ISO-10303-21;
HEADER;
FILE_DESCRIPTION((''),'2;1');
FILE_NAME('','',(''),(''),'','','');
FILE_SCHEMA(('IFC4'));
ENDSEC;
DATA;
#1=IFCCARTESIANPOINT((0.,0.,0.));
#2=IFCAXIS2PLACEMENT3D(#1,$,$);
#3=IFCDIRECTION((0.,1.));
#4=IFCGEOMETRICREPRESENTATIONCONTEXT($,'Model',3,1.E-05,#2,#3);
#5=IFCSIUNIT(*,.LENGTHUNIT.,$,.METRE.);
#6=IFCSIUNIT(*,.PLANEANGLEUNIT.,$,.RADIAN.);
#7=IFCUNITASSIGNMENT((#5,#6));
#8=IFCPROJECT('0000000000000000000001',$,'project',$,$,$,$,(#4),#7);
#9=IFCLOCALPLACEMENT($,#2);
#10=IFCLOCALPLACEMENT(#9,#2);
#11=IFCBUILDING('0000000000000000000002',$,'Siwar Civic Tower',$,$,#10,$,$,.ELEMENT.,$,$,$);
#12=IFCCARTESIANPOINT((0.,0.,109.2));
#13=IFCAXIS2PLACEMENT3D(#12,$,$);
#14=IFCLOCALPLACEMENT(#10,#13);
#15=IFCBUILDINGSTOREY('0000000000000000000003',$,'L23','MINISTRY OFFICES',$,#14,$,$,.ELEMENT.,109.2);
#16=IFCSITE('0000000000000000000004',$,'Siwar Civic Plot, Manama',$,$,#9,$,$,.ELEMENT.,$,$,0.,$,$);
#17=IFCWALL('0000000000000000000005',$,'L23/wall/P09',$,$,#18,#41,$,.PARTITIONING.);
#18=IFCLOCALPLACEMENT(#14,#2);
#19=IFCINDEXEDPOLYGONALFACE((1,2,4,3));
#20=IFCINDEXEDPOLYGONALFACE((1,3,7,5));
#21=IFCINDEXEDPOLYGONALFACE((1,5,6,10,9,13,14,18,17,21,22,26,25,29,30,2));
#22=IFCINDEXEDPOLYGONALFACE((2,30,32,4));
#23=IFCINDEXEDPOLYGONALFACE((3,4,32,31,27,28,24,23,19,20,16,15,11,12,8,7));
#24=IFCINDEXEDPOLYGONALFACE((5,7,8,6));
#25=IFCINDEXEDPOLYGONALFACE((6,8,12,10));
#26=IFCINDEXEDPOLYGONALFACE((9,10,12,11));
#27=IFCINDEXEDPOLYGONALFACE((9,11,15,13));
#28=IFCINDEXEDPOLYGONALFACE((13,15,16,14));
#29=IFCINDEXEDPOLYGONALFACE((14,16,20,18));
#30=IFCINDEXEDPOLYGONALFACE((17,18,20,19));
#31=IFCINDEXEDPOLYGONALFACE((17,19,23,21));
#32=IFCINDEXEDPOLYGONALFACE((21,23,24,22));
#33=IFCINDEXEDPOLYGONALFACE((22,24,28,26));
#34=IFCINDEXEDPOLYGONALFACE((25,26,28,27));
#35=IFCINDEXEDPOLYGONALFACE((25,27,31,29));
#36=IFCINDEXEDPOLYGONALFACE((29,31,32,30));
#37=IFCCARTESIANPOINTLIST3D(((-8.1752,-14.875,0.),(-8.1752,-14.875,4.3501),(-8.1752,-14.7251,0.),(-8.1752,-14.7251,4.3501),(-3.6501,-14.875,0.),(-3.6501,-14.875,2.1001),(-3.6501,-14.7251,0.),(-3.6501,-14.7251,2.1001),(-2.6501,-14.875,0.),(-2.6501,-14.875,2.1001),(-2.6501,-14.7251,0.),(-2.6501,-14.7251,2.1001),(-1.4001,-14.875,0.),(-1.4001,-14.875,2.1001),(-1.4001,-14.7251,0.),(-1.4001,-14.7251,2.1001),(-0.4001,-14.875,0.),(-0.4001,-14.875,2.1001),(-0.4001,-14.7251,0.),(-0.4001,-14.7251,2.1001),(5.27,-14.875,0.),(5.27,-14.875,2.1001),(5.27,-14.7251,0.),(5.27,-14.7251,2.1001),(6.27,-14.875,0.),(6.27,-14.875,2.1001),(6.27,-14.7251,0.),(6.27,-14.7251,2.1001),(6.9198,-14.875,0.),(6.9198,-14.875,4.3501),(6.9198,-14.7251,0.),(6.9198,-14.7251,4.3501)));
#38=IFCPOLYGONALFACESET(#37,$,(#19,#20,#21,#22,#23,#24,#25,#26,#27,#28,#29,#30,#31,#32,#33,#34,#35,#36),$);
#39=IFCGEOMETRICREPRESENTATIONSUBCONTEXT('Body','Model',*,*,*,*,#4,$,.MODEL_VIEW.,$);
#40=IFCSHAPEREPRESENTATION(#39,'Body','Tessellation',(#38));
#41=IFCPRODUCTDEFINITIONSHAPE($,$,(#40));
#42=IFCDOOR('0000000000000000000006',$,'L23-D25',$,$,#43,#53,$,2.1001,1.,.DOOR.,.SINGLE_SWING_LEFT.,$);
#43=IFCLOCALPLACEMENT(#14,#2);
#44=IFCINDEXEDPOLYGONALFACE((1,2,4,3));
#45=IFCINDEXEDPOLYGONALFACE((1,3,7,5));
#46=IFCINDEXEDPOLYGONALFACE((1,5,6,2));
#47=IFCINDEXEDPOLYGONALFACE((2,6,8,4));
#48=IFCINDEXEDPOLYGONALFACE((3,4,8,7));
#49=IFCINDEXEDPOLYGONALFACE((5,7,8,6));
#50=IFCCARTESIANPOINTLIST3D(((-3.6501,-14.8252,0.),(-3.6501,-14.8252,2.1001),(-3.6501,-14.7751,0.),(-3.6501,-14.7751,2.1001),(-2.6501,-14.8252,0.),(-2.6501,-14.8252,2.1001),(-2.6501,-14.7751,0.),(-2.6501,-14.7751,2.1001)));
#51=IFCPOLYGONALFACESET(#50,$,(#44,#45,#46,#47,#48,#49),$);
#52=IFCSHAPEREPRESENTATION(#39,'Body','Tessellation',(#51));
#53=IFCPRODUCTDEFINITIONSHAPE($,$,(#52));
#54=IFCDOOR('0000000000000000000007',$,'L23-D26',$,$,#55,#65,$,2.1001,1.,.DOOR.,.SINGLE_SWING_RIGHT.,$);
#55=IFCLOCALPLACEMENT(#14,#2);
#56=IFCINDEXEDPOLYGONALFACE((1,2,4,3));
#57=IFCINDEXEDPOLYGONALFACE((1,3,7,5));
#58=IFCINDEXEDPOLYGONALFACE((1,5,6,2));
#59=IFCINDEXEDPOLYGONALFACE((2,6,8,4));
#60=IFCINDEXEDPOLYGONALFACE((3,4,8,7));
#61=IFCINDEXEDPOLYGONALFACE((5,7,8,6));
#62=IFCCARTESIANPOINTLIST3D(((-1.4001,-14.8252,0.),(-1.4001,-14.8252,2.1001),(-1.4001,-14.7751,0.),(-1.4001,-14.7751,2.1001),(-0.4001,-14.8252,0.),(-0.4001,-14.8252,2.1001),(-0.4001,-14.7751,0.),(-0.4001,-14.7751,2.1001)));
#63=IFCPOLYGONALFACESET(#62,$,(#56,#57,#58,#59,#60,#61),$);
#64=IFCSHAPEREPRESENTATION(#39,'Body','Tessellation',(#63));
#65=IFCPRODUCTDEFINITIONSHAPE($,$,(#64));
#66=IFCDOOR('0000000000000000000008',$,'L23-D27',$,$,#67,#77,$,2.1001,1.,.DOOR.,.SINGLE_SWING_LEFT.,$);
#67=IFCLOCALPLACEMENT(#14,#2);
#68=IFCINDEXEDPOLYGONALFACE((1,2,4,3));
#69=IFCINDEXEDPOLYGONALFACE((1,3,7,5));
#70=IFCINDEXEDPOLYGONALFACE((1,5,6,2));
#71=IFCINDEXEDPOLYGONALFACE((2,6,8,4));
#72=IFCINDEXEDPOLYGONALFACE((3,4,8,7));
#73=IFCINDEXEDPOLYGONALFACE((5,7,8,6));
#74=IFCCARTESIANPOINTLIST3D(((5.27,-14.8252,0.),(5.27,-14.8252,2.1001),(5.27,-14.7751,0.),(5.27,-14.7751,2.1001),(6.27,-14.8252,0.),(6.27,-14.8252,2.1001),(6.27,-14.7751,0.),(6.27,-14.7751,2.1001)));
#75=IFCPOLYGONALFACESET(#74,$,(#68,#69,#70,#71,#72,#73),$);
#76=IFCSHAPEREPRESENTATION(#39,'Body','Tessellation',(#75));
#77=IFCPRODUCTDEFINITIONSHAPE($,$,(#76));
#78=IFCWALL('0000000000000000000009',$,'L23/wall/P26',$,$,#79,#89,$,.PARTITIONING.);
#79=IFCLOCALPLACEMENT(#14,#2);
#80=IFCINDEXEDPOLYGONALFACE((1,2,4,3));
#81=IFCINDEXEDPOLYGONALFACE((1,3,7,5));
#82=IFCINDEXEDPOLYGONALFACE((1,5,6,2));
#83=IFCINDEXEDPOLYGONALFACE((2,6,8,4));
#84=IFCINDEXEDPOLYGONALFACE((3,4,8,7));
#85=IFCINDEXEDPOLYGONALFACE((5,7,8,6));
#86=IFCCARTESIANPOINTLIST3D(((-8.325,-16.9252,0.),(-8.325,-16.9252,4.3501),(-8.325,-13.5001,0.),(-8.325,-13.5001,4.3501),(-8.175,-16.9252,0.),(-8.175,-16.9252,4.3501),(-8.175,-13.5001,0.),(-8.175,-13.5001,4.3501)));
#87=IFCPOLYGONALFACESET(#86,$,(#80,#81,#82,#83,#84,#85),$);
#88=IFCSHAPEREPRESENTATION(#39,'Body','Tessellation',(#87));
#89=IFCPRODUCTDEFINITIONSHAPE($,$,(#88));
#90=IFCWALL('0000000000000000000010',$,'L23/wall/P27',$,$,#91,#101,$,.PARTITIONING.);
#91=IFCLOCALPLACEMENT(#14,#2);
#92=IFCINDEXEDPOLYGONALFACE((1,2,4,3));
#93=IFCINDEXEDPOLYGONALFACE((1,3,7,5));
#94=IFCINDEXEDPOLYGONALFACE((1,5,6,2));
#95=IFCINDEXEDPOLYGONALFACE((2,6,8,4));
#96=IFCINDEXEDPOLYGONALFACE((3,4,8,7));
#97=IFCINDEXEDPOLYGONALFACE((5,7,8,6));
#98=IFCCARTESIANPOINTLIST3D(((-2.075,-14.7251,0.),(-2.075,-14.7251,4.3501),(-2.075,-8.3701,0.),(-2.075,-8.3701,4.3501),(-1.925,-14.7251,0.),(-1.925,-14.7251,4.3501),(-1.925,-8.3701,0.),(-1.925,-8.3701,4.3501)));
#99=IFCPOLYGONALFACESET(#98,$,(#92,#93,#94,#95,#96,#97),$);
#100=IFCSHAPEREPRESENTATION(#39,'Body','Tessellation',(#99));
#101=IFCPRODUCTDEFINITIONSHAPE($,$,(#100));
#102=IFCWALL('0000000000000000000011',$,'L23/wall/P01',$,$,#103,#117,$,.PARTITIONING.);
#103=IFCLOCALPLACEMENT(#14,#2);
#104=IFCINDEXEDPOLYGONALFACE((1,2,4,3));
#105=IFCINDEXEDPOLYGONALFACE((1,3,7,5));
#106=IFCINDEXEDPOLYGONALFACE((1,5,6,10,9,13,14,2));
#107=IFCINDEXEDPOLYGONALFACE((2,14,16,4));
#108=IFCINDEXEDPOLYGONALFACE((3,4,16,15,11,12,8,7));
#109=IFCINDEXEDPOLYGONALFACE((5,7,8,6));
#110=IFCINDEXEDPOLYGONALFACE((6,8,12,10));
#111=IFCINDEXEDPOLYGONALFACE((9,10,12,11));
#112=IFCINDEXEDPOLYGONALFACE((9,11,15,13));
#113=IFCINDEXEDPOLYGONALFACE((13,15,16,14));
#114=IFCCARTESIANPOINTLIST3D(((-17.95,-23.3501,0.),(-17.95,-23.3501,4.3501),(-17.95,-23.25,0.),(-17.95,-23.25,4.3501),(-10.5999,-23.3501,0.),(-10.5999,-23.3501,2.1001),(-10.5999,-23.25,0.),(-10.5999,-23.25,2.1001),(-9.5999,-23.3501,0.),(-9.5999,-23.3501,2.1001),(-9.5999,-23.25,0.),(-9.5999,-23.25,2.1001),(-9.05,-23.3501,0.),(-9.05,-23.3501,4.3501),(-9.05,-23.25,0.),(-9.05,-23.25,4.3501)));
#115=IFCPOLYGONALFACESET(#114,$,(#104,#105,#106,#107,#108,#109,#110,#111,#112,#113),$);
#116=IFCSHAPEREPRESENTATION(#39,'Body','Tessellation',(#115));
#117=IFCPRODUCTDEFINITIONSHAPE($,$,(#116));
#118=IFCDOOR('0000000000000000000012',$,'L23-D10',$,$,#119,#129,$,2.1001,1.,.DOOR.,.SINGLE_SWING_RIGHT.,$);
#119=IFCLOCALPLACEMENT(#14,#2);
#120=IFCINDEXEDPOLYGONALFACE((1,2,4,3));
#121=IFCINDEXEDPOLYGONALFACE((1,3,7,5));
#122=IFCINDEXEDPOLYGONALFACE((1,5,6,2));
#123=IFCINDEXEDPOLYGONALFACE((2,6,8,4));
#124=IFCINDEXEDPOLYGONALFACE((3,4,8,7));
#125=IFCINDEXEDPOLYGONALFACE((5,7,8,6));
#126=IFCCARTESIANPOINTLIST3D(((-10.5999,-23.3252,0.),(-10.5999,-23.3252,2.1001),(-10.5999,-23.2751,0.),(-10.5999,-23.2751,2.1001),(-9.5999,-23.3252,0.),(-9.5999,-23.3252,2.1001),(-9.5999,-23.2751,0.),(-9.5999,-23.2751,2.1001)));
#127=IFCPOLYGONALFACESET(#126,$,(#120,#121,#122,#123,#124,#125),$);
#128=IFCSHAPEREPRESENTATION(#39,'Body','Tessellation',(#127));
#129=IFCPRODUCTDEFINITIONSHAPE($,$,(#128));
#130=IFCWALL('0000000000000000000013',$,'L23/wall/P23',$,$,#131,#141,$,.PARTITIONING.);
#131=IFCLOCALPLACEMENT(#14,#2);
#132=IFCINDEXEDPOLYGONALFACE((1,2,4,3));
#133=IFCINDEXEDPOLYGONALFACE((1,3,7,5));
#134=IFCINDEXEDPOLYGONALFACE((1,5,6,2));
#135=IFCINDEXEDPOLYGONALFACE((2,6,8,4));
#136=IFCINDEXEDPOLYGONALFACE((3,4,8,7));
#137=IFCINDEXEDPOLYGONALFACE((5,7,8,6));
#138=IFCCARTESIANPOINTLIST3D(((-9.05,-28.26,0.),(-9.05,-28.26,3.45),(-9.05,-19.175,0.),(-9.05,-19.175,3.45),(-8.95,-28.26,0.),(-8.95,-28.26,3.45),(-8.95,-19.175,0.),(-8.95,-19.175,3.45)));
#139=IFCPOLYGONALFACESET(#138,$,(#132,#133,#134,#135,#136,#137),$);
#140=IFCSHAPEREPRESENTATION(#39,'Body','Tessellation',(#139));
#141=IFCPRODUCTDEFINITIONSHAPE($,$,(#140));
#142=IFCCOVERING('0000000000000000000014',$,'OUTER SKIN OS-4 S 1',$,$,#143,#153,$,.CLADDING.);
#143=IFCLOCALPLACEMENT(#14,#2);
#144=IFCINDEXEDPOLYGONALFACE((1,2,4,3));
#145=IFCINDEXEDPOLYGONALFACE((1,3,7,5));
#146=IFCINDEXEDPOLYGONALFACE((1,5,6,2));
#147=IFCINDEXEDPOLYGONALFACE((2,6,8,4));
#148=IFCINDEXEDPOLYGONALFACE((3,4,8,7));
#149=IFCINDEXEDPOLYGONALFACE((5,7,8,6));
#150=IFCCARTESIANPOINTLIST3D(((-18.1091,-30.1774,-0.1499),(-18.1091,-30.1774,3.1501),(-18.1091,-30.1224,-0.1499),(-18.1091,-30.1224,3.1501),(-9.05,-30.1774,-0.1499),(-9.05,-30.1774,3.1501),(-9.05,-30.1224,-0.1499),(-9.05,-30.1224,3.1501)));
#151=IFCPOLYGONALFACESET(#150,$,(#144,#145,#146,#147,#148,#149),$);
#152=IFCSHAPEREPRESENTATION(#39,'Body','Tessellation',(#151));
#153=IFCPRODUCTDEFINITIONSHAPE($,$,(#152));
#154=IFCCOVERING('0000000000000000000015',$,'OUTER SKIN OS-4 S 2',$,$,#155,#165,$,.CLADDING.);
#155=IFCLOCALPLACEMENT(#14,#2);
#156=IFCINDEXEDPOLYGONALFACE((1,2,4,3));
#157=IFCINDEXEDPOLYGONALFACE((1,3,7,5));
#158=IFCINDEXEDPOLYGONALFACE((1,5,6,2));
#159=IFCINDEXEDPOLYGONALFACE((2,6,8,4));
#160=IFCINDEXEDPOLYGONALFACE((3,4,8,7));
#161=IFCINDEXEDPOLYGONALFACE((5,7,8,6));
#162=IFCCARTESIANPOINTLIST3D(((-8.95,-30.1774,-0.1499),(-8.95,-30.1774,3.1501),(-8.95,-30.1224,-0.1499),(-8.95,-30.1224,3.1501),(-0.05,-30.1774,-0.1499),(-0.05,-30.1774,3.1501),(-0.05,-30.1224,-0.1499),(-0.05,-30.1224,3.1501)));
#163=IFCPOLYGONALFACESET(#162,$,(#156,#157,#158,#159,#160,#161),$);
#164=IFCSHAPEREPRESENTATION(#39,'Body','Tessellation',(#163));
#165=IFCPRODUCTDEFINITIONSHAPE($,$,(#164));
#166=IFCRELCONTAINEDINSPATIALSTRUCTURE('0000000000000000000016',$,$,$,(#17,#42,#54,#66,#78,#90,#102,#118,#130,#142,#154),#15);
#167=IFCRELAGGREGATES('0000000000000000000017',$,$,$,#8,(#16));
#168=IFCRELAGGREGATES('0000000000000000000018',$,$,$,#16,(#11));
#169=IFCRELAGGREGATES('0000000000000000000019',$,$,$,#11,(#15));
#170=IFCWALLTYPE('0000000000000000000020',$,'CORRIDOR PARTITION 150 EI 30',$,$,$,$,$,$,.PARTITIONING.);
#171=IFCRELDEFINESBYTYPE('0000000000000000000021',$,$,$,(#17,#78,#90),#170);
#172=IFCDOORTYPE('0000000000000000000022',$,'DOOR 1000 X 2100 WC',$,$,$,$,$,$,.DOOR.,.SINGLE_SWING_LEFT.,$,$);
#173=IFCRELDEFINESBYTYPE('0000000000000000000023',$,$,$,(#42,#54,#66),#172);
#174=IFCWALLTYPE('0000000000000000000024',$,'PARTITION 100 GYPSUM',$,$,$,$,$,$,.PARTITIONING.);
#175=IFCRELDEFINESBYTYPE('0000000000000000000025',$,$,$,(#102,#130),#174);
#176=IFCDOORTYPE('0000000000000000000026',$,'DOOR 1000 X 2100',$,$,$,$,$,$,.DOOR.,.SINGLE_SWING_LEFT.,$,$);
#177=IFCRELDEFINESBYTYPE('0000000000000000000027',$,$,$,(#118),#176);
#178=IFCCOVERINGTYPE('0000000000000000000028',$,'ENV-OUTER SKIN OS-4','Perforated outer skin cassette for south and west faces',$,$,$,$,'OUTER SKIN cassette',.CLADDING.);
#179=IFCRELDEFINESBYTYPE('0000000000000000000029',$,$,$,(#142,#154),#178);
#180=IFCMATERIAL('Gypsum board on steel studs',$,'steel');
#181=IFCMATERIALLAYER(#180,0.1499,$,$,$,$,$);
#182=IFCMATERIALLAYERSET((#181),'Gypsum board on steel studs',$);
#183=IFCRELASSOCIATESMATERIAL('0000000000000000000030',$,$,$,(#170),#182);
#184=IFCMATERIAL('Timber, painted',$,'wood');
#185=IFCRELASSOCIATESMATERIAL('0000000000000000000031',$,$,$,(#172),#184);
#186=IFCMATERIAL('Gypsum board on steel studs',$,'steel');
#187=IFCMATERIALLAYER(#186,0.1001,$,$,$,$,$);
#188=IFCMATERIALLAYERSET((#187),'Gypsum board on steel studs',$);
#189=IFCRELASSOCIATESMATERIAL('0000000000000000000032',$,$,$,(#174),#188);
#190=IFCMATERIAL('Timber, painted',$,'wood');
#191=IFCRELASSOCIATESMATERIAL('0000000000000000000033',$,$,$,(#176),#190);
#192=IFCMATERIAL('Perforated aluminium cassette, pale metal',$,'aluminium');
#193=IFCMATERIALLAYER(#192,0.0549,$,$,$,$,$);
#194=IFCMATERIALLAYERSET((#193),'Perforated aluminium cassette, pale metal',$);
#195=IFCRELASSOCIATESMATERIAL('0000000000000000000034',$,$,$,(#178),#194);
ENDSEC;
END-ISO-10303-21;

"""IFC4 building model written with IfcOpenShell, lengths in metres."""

from ifc_helpers import new_model, si_unit, direction, frame, frame_2d, origin, origin_2d, place, context, subcontext, project, spatial, rectangle, extrude, material, layer, layer_set, type_object, element, fill, save


model = new_model("IFC4")

# Units and contexts
model_context = context("Model", 3, precision=1e-05, world=origin(), true_north=direction((0.0, 1.0)))
body_context = subcontext(model_context, "Body", "Model", "MODEL_VIEW")
ifc_project = project(units=[si_unit("LENGTHUNIT", "METRE"), si_unit("PLANEANGLEUNIT", "RADIAN")], contexts=[model_context])

# Site, building, storey
site_placement = place(None, origin())
site = spatial("IfcSite", under=ifc_project, at=site_placement, Name="Siwar Civic Plot, Manama", CompositionType="ELEMENT", RefElevation=0.0)
building_placement = place(site_placement, origin())
building = spatial("IfcBuilding", under=site, at=building_placement, Name="Siwar Civic Tower", CompositionType="ELEMENT")
storey_placement = place(building_placement, frame((0.0, 0.0, 109.2)))
storey = spatial("IfcBuildingStorey", under=building, at=storey_placement, Name="L23", Description="MINISTRY OFFICES", CompositionType="ELEMENT", Elevation=109.2)

# Wall, openings, doors
ifc_material_1 = material(Name="Gypsum board on steel studs", Category="steel")
ifc_layer_1 = layer(ifc_material_1, 0.1499)
ifc_layer_set_1 = layer_set([ifc_layer_1], Name="Gypsum board on steel studs")
wall_type_1 = type_object("IfcWallType", Name="CORRIDOR PARTITION 150 EI 30", PredefinedType="PARTITIONING", material=ifc_layer_set_1)
wall_1_placement = place(storey_placement, frame((-8.175, -14.8, 0.0), z_axis=(0.0, 0.0, 1.0), x_axis=(1.0, 0.0, 0.0)))
wall_1 = element("IfcWall", 1, at=wall_1_placement, inside=storey, type_object=wall_type_1, Name="L23/wall/P09", PredefinedType="PARTITIONING", context=body_context, shape_type="SweptSolid", body=[
    extrude(rectangle(XDim=15.095, YDim=0.1499, at=frame_2d((7.5474, 0.0))), origin(), (0.0, 0.0, 1.0), 4.3501),
])
opening_1_placement = place(wall_1_placement, frame((4.5249, 0.0, 0.0)))
opening_1 = element("IfcOpeningElement", 2, at=opening_1_placement, cuts=wall_1, PredefinedType="OPENING", context=body_context, shape_type="SweptSolid", body=[
    extrude(rectangle(XDim=1.0, YDim=2.1001, at=frame_2d((0.5, 1.05))), frame((0.0, 0.085, 0.0), z_axis=(0.0, -1.0, 0.0), x_axis=(1.0, 0.0, 0.0)), (0.0, 0.0, 1.0), 0.1699),
])
opening_2_placement = place(wall_1_placement, frame((6.7749, 0.0, 0.0)))
opening_2 = element("IfcOpeningElement", 3, at=opening_2_placement, cuts=wall_1, PredefinedType="OPENING", context=body_context, shape_type="SweptSolid", body=[
    extrude(rectangle(XDim=1.0, YDim=2.1001, at=frame_2d((0.5, 1.05))), frame((0.0, 0.085, 0.0), z_axis=(0.0, -1.0, 0.0), x_axis=(1.0, 0.0, 0.0)), (0.0, 0.0, 1.0), 0.1699),
])
opening_3_placement = place(wall_1_placement, frame((13.4451, 0.0, 0.0)))
opening_3 = element("IfcOpeningElement", 4, at=opening_3_placement, cuts=wall_1, PredefinedType="OPENING", context=body_context, shape_type="SweptSolid", body=[
    extrude(rectangle(XDim=1.0, YDim=2.1001, at=frame_2d((0.5, 1.05))), frame((0.0, 0.085, 0.0), z_axis=(0.0, -1.0, 0.0), x_axis=(1.0, 0.0, 0.0)), (0.0, 0.0, 1.0), 0.1699),
])
ifc_material_2 = material(Name="Timber, painted", Category="wood")
door_type_1 = type_object("IfcDoorType", Name="DOOR 1000 X 2100 WC", OperationType="SINGLE_SWING_LEFT", PredefinedType="DOOR", material=ifc_material_2)
door_1_placement = place(opening_1_placement, origin())
door_1 = element("IfcDoor", 5, at=door_1_placement, inside=storey, type_object=door_type_1, Name="L23-D25", OperationType="SINGLE_SWING_LEFT", OverallHeight=2.1001, OverallWidth=1.0, PredefinedType="DOOR", context=body_context, shape_type="SweptSolid", body=[
    extrude(rectangle(XDim=1.0, YDim=2.1001, at=frame_2d((0.5, 1.05))), frame((0.0, 0.0249, 0.0), z_axis=(0.0, -1.0, 0.0), x_axis=(1.0, 0.0, 0.0)), (0.0, 0.0, 1.0), 0.05),
])
fill(opening_1, door_1)
door_2_placement = place(opening_2_placement, origin())
door_2 = element("IfcDoor", 6, at=door_2_placement, inside=storey, type_object=door_type_1, Name="L23-D26", OperationType="SINGLE_SWING_RIGHT", OverallHeight=2.1001, OverallWidth=1.0, PredefinedType="DOOR", context=body_context, shape_type="SweptSolid", body=[
    extrude(rectangle(XDim=1.0, YDim=2.1001, at=frame_2d((0.5, 1.05))), frame((0.0, 0.0249, 0.0), z_axis=(0.0, -1.0, 0.0), x_axis=(1.0, 0.0, 0.0)), (0.0, 0.0, 1.0), 0.05),
])
fill(opening_2, door_2)
door_3_placement = place(opening_3_placement, origin())
door_3 = element("IfcDoor", 7, at=door_3_placement, inside=storey, type_object=door_type_1, Name="L23-D27", OperationType="SINGLE_SWING_LEFT", OverallHeight=2.1001, OverallWidth=1.0, PredefinedType="DOOR", context=body_context, shape_type="SweptSolid", body=[
    extrude(rectangle(XDim=1.0, YDim=2.1001, at=frame_2d((0.5, 1.05))), frame((0.0, 0.0249, 0.0), z_axis=(0.0, -1.0, 0.0), x_axis=(1.0, 0.0, 0.0)), (0.0, 0.0, 1.0), 0.05),
])
fill(opening_3, door_3)

# Walls
wall_2_placement = place(storey_placement, frame((-8.25, -16.925, 0.0), z_axis=(0.0, 0.0, 1.0), x_axis=(0.0, 1.0, 0.0)))
element("IfcWall", 8, at=wall_2_placement, inside=storey, type_object=wall_type_1, Name="L23/wall/P26", PredefinedType="PARTITIONING", context=body_context, shape_type="SweptSolid", body=[
    extrude(rectangle(XDim=3.425, YDim=0.1499, at=frame_2d((1.7124, 0.0))), origin(), (0.0, 0.0, 1.0), 4.3501),
])
wall_3_placement = place(storey_placement, frame((-2.0, -14.7251, 0.0), z_axis=(0.0, 0.0, 1.0), x_axis=(0.0, 1.0, 0.0)))
element("IfcWall", 9, at=wall_3_placement, inside=storey, type_object=wall_type_1, Name="L23/wall/P27", PredefinedType="PARTITIONING", context=body_context, shape_type="SweptSolid", body=[
    extrude(rectangle(XDim=6.355, YDim=0.1499, at=frame_2d((3.1775, 0.0))), origin(), (0.0, 0.0, 1.0), 4.3501),
])

# Wall, opening, door
ifc_material_3 = material(Name="Gypsum board on steel studs", Category="steel")
ifc_layer_2 = layer(ifc_material_3, 0.1001)
ifc_layer_set_2 = layer_set([ifc_layer_2], Name="Gypsum board on steel studs")
wall_type_2 = type_object("IfcWallType", Name="PARTITION 100 GYPSUM", PredefinedType="PARTITIONING", material=ifc_layer_set_2)
wall_4_placement = place(storey_placement, frame((-17.95, -23.3, 0.0), z_axis=(0.0, 0.0, 1.0), x_axis=(1.0, 0.0, 0.0)))
wall_4 = element("IfcWall", 10, at=wall_4_placement, inside=storey, type_object=wall_type_2, Name="L23/wall/P01", PredefinedType="PARTITIONING", context=body_context, shape_type="SweptSolid", body=[
    extrude(rectangle(XDim=8.8999, YDim=0.1001, at=frame_2d((4.45, 0.0))), origin(), (0.0, 0.0, 1.0), 4.3501),
])
opening_4_placement = place(wall_4_placement, frame((7.3501, 0.0, 0.0)))
opening_4 = element("IfcOpeningElement", 11, at=opening_4_placement, cuts=wall_4, PredefinedType="OPENING", context=body_context, shape_type="SweptSolid", body=[
    extrude(rectangle(XDim=1.0, YDim=2.1001, at=frame_2d((0.5, 1.05))), frame((0.0, 0.0601, 0.0), z_axis=(0.0, -1.0, 0.0), x_axis=(1.0, 0.0, 0.0)), (0.0, 0.0, 1.0), 0.1201),
])
ifc_material_4 = material(Name="Timber, painted", Category="wood")
door_type_2 = type_object("IfcDoorType", Name="DOOR 1000 X 2100", OperationType="SINGLE_SWING_LEFT", PredefinedType="DOOR", material=ifc_material_4)
door_4_placement = place(opening_4_placement, origin())
door_4 = element("IfcDoor", 12, at=door_4_placement, inside=storey, type_object=door_type_2, Name="L23-D10", OperationType="SINGLE_SWING_RIGHT", OverallHeight=2.1001, OverallWidth=1.0, PredefinedType="DOOR", context=body_context, shape_type="SweptSolid", body=[
    extrude(rectangle(XDim=1.0, YDim=2.1001, at=frame_2d((0.5, 1.05))), frame((0.0, 0.0249, 0.0), z_axis=(0.0, -1.0, 0.0), x_axis=(1.0, 0.0, 0.0)), (0.0, 0.0, 1.0), 0.05),
])
fill(opening_4, door_4)

# Wall
wall_5_placement = place(storey_placement, frame((-9.0, -28.26, 0.0), z_axis=(0.0, 0.0, 1.0), x_axis=(0.0, 1.0, 0.0)))
element("IfcWall", 13, at=wall_5_placement, inside=storey, type_object=wall_type_2, Name="L23/wall/P23", PredefinedType="PARTITIONING", context=body_context, shape_type="SweptSolid", body=[
    extrude(rectangle(XDim=9.085, YDim=0.1001, at=frame_2d((4.5425, 0.0))), origin(), (0.0, 0.0, 1.0), 3.45),
])

# Coverings
ifc_material_5 = material(Name="Perforated aluminium cassette, pale metal", Category="aluminium")
ifc_layer_3 = layer(ifc_material_5, 0.0549)
ifc_layer_set_3 = layer_set([ifc_layer_3], Name="Perforated aluminium cassette, pale metal")
covering_type = type_object("IfcCoveringType", Name="ENV-OUTER SKIN OS-4", Description="Perforated outer skin cassette for south and west faces", ElementType="OUTER SKIN cassette", PredefinedType="CLADDING", material=ifc_layer_set_3)
covering_1_placement = place(storey_placement, frame((-13.5796, -30.1499, -0.1499), z_axis=(0.0, 0.0, 1.0), x_axis=(1.0, 0.0, 0.0)))
element("IfcCovering", 14, at=covering_1_placement, inside=storey, type_object=covering_type, Name="OUTER SKIN OS-4 S 1", PredefinedType="CLADDING", context=body_context, shape_type="SweptSolid", body=[
    extrude(rectangle(XDim=9.0591, YDim=0.0549, at=origin_2d()), origin(), (0.0, 0.0, 1.0), 3.3),
])
covering_2_placement = place(storey_placement, frame((-4.5, -30.1499, -0.1499), z_axis=(0.0, 0.0, 1.0), x_axis=(1.0, 0.0, 0.0)))
element("IfcCovering", 15, at=covering_2_placement, inside=storey, type_object=covering_type, Name="OUTER SKIN OS-4 S 2", PredefinedType="CLADDING", context=body_context, shape_type="SweptSolid", body=[
    extrude(rectangle(XDim=8.8999, YDim=0.0549, at=origin_2d()), origin(), (0.0, 0.0, 1.0), 3.3),
])

save(model, "model.ifc")
